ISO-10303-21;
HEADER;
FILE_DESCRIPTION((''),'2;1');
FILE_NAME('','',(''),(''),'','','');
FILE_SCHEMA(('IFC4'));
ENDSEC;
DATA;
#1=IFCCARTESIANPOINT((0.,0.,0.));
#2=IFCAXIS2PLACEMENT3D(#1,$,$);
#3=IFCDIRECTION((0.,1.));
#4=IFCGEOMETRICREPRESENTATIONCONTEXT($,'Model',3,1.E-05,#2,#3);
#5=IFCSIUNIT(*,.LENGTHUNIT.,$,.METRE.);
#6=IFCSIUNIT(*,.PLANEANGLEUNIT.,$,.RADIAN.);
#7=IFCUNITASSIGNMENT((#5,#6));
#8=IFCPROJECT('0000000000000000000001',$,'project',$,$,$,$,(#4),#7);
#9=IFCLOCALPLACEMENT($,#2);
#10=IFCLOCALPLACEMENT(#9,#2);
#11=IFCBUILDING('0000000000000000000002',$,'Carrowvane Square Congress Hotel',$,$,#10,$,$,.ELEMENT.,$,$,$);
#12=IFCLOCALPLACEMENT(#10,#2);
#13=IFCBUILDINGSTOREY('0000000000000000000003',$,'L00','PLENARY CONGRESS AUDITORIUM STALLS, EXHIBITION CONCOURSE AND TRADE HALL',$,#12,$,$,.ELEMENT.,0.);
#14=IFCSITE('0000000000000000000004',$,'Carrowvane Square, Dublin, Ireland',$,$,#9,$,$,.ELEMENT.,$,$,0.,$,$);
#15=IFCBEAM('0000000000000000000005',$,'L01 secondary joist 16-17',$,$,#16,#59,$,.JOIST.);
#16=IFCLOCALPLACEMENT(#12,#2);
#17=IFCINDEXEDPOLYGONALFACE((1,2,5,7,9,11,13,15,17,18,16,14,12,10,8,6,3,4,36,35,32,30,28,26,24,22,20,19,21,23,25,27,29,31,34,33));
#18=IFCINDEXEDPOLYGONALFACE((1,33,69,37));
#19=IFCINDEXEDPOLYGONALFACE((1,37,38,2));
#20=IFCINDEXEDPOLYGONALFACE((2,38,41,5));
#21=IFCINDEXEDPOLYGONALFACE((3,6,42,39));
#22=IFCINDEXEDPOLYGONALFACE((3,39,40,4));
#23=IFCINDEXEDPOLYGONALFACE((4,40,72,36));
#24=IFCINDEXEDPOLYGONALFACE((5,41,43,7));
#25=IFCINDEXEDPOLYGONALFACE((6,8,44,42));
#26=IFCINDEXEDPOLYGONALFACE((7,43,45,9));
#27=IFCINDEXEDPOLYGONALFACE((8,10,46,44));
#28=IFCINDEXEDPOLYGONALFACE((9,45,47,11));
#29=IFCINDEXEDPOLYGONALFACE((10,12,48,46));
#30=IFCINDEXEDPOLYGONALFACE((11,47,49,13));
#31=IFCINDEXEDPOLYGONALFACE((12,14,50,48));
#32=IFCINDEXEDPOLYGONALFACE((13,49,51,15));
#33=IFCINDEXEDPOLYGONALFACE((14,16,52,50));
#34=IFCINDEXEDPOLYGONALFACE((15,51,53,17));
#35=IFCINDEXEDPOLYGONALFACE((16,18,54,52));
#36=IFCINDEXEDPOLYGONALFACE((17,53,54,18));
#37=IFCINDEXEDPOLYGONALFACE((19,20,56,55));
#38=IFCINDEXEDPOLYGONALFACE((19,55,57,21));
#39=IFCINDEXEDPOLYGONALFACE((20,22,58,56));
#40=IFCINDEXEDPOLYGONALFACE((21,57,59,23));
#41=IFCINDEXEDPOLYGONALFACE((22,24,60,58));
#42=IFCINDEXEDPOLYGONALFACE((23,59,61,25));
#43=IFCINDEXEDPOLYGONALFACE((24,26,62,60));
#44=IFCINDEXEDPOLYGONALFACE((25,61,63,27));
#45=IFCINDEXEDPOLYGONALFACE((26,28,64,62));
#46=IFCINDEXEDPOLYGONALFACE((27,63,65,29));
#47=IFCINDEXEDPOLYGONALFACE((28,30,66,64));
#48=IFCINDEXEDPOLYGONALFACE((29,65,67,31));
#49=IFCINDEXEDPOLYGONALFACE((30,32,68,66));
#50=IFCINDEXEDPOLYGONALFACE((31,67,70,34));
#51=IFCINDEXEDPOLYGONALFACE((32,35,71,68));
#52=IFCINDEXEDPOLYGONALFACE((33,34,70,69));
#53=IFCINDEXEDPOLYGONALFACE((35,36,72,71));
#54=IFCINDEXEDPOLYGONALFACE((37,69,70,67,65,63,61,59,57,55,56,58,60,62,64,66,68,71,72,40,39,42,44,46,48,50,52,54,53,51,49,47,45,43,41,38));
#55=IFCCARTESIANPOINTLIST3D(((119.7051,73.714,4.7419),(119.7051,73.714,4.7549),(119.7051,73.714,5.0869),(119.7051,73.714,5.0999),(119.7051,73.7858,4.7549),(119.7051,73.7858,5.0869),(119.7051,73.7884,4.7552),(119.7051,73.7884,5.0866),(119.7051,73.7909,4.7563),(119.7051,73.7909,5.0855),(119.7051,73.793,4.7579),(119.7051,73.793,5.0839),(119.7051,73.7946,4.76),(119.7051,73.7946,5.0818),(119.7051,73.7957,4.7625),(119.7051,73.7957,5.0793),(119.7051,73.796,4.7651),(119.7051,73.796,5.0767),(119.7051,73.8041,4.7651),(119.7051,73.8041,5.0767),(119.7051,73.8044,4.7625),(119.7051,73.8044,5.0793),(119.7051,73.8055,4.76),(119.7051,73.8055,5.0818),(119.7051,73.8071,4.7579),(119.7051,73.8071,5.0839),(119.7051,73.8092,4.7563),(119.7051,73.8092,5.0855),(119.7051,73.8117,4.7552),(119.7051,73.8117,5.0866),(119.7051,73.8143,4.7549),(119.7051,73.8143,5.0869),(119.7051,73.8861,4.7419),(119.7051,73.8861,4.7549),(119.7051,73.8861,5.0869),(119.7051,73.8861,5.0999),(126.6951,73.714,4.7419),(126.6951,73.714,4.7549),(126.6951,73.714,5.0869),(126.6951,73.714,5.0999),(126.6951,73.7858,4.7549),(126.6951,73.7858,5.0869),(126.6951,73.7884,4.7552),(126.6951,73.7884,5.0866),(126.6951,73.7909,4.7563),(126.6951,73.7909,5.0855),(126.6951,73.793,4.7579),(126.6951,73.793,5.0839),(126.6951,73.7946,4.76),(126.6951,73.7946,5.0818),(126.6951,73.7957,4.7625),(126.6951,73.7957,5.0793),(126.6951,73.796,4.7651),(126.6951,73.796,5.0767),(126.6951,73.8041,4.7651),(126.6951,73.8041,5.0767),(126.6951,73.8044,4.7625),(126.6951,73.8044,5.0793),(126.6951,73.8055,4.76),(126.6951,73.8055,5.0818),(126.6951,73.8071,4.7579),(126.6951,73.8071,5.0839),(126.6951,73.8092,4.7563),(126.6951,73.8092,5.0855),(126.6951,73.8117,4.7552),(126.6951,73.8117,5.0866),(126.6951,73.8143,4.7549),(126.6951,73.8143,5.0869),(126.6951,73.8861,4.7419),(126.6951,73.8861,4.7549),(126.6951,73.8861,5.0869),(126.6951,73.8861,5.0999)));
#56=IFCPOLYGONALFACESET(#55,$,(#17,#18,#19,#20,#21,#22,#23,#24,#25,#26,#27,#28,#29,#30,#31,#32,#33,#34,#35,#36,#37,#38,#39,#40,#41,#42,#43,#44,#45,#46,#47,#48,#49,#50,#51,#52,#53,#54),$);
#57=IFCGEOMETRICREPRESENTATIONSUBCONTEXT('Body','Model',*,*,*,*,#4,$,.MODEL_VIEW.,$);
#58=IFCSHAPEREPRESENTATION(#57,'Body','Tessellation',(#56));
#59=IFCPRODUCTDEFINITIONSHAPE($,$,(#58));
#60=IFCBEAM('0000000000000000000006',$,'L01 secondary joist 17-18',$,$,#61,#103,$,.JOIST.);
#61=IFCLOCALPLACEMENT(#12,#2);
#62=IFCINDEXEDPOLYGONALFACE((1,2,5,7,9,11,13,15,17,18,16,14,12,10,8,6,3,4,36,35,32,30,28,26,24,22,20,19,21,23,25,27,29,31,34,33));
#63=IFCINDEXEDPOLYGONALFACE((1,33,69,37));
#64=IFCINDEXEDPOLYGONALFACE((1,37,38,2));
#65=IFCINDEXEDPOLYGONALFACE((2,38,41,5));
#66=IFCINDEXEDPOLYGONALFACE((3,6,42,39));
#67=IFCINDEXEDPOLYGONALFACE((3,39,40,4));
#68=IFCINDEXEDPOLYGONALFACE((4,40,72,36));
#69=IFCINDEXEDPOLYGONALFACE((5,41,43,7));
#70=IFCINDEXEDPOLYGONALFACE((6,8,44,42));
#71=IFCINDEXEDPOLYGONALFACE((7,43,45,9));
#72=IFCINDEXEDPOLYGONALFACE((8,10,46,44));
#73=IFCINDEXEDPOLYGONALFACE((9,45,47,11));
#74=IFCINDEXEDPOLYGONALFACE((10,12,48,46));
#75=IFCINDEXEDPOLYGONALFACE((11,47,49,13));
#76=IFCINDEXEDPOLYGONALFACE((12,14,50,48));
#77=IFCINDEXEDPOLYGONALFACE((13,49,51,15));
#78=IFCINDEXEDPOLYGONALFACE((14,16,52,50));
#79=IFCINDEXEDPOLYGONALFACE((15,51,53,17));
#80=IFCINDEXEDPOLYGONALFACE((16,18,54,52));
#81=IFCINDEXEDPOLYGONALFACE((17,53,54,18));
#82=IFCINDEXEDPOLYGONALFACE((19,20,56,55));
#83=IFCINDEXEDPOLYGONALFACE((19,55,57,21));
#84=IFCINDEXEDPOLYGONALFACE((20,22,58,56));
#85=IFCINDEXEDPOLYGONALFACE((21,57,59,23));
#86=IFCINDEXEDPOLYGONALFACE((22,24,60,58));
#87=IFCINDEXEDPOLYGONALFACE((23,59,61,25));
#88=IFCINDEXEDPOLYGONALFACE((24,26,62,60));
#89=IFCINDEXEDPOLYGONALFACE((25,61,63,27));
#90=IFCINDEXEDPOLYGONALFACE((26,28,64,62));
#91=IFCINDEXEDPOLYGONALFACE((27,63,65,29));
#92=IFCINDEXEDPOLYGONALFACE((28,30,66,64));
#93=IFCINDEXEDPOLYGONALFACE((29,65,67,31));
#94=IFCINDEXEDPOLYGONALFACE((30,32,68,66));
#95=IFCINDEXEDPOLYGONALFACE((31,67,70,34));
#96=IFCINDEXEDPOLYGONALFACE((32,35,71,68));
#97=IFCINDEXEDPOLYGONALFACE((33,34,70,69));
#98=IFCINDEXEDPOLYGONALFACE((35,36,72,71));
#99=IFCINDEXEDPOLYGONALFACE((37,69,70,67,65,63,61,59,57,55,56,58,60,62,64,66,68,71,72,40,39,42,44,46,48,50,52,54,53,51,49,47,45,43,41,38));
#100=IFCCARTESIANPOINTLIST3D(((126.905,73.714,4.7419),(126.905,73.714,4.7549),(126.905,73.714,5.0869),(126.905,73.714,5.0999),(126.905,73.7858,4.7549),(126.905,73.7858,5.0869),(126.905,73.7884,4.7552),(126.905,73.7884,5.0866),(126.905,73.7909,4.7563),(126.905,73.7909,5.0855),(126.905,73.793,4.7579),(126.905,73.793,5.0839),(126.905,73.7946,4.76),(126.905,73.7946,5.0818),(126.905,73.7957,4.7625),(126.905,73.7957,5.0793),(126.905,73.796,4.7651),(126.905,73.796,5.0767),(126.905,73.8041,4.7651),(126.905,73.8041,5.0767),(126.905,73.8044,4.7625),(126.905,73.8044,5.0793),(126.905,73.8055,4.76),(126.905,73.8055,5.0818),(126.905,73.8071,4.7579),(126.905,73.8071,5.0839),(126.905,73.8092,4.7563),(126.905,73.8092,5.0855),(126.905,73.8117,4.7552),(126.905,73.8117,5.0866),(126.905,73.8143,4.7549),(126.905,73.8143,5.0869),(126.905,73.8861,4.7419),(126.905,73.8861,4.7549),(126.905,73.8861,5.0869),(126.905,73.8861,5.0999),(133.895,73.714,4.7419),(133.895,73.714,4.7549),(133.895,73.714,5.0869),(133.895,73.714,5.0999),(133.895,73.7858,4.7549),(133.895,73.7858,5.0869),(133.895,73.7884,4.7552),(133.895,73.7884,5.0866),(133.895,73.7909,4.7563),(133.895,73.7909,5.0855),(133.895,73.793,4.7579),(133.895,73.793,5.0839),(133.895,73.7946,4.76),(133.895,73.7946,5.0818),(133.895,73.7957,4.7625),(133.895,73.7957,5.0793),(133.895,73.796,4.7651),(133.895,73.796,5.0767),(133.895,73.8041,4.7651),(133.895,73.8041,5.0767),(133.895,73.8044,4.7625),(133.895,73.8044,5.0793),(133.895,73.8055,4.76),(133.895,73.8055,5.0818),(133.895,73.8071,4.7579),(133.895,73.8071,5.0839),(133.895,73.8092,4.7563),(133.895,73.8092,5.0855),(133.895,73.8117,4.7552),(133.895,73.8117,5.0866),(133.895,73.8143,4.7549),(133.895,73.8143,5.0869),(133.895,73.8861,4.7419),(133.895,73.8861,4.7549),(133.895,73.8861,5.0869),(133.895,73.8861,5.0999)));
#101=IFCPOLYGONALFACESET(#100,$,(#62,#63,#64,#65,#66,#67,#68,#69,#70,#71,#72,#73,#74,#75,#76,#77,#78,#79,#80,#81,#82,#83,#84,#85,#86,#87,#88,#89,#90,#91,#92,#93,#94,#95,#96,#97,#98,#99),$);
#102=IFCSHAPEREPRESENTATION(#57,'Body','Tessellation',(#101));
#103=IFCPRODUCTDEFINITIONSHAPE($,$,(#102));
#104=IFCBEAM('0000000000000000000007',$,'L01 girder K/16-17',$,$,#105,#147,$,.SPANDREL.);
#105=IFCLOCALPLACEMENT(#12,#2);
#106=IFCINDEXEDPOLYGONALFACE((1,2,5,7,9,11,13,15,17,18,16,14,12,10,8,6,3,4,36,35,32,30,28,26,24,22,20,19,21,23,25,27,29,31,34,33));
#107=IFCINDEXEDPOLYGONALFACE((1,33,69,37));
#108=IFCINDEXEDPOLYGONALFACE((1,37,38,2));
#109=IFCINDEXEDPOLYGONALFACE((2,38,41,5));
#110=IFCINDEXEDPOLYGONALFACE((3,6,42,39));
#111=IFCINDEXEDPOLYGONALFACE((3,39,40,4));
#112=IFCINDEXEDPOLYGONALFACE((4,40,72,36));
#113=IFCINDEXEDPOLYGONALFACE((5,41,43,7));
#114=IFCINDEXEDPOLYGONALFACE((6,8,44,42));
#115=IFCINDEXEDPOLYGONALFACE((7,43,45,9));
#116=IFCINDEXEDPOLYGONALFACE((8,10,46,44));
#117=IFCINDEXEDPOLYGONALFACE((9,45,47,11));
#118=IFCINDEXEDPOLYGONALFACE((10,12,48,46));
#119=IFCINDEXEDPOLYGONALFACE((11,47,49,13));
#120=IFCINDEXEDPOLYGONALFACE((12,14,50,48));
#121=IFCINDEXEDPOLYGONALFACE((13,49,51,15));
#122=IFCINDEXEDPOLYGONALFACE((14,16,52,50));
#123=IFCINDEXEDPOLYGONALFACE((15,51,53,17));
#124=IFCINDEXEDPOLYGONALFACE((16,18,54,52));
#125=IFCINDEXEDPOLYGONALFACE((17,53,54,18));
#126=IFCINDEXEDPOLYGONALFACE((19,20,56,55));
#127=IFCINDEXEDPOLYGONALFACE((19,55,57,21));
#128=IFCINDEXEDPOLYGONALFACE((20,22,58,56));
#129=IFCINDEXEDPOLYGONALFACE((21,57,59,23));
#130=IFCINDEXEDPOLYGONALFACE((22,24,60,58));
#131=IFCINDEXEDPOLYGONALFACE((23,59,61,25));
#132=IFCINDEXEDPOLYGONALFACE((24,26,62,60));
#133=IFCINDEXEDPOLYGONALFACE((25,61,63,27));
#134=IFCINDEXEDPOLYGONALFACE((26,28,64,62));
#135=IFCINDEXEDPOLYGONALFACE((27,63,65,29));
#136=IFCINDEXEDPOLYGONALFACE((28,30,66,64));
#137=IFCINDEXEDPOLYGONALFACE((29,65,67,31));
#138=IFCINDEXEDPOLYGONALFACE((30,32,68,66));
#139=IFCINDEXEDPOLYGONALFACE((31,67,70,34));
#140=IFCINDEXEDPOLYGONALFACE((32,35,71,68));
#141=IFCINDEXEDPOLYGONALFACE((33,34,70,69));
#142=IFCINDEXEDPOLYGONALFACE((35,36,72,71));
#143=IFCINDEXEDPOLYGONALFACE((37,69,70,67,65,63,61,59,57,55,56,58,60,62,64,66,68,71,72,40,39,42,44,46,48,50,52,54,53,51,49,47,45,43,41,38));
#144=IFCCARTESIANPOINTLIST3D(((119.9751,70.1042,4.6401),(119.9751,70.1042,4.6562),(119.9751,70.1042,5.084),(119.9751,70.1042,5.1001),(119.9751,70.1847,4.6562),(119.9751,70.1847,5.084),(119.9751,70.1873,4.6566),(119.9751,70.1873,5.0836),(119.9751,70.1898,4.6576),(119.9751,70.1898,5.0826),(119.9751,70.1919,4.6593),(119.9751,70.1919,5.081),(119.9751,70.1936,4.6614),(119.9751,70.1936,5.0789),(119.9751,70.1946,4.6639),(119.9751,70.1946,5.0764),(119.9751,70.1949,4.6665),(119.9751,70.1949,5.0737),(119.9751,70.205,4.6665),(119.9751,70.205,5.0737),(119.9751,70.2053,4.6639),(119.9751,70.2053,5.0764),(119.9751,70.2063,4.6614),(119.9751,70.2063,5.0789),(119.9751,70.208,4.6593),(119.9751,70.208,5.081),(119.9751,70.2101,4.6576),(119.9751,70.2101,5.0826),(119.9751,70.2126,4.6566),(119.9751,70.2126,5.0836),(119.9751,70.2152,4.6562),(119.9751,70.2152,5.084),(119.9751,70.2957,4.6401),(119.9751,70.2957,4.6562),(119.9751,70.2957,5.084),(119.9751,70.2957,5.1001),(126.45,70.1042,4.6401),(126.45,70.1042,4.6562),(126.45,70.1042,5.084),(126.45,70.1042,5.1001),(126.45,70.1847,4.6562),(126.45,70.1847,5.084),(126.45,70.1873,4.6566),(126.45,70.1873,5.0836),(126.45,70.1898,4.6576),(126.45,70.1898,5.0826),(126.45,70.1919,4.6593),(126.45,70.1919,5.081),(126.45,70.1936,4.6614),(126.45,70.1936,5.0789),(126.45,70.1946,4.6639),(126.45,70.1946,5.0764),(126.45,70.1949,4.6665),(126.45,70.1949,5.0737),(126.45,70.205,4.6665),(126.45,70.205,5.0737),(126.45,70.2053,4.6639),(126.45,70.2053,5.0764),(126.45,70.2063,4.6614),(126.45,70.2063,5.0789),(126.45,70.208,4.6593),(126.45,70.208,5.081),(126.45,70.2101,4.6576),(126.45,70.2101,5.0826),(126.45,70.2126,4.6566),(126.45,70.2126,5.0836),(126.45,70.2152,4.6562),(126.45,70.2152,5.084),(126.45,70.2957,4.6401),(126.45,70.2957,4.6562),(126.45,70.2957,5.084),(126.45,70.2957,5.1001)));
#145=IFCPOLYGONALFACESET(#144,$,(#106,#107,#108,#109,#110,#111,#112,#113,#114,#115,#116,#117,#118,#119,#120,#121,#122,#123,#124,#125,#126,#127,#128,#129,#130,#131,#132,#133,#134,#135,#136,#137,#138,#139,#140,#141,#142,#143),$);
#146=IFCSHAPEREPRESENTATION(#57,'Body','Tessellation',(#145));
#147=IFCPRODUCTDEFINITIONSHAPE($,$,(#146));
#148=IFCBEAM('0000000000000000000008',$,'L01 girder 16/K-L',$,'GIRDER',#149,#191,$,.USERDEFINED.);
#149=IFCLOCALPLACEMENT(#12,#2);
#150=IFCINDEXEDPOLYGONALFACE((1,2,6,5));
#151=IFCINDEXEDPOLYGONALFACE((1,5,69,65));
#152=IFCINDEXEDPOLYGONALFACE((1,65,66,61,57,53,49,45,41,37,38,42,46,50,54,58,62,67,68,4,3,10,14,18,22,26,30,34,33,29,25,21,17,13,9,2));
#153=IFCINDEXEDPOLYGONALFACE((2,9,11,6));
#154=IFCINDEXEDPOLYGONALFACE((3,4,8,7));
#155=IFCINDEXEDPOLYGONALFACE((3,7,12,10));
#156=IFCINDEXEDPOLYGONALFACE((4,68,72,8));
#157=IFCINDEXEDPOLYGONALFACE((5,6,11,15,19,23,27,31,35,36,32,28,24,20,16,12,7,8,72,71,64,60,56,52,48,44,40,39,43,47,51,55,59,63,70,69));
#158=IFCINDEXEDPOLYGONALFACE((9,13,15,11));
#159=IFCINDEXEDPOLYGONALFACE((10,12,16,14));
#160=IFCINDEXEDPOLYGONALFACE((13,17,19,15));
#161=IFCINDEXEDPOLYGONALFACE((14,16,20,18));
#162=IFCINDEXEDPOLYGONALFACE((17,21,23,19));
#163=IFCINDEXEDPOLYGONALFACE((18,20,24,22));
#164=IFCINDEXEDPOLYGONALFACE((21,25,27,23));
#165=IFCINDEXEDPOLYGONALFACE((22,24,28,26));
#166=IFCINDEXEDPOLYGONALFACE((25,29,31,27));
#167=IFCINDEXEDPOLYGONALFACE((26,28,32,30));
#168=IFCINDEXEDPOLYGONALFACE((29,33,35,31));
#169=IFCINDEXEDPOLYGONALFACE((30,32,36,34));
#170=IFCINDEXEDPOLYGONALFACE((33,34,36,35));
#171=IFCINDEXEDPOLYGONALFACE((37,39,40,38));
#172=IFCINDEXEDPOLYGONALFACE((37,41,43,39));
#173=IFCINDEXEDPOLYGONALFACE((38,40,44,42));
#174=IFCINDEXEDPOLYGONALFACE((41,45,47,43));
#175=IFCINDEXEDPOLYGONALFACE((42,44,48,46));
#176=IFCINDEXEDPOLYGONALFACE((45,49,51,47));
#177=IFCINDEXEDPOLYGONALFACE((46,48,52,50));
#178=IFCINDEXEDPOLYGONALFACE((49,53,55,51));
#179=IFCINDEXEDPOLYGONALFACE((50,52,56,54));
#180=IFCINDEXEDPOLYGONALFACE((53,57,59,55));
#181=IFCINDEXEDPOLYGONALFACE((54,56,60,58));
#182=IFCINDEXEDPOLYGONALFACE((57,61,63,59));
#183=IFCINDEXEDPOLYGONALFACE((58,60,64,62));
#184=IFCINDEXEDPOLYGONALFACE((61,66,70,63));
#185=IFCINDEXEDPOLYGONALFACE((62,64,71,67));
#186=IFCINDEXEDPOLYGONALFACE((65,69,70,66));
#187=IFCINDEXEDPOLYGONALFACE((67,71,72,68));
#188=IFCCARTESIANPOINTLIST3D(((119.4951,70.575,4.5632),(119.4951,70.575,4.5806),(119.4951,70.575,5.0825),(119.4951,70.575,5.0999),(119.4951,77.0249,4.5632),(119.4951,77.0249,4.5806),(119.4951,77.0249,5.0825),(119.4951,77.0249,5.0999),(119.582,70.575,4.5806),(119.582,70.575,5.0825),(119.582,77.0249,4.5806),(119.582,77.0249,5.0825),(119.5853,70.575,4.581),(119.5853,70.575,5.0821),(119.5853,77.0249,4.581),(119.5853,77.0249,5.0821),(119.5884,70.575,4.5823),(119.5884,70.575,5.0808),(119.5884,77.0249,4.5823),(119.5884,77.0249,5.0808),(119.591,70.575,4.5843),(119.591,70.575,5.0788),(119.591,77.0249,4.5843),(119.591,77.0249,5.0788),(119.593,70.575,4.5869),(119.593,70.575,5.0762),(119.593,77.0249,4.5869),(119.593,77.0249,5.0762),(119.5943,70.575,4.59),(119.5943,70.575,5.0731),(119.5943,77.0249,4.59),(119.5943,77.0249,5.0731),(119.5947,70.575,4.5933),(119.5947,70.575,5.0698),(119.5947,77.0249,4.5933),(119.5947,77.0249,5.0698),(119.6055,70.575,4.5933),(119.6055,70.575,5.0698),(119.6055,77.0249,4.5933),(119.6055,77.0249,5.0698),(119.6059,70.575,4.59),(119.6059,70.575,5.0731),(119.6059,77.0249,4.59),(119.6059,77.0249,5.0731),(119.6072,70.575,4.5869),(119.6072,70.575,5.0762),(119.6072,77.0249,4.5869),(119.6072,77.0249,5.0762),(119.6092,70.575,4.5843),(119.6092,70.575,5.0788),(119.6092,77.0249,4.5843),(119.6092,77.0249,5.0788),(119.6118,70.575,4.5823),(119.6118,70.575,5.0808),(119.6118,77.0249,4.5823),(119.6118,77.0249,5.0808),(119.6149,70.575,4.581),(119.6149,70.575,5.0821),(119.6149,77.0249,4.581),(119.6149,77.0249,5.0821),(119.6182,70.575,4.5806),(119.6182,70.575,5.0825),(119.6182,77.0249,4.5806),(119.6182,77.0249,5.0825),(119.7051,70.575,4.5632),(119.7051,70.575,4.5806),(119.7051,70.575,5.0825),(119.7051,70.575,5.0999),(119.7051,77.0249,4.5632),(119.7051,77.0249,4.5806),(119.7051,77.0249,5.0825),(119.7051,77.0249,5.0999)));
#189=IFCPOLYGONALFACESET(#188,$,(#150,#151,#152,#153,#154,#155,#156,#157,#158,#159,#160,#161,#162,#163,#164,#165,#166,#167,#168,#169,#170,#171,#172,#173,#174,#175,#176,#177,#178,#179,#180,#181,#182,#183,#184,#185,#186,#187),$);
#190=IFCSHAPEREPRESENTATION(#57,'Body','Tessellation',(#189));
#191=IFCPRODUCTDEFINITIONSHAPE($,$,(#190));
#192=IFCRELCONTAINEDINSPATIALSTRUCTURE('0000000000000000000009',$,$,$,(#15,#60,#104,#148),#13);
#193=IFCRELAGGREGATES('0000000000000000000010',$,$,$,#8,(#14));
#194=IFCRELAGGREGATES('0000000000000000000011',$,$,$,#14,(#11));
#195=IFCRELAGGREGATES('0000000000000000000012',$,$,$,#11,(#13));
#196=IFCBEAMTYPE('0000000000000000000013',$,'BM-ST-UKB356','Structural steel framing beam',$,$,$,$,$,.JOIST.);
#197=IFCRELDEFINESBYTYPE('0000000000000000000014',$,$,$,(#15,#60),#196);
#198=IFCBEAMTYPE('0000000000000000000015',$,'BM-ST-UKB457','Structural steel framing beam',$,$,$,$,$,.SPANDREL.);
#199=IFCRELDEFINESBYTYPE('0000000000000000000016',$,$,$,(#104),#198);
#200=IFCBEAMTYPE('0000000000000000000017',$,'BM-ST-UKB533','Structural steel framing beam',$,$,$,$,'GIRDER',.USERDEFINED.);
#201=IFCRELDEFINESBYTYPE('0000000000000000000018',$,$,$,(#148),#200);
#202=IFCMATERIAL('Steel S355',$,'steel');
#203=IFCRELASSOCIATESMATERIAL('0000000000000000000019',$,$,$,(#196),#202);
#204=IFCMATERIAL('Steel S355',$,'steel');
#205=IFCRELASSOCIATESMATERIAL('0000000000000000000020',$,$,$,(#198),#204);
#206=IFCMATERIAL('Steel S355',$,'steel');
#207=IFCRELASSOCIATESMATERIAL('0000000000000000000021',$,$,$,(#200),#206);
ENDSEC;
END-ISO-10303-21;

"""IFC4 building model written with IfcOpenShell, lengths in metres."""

from ifc_helpers import new_model, si_unit, direction, frame, origin, origin_2d, place, context, subcontext, project, spatial, i_section, extrude, material, material_profile, profile_set, type_object, element, save


model = new_model("IFC4")

# Units and contexts
model_context = context("Model", 3, precision=1e-05, world=origin(), true_north=direction((0.0, 1.0)))
body_context = subcontext(model_context, "Body", "Model", "MODEL_VIEW")
ifc_project = project(units=[si_unit("LENGTHUNIT", "METRE"), si_unit("PLANEANGLEUNIT", "RADIAN")], contexts=[model_context])

# Site, building, storey
site_placement = place(None, origin())
site = spatial("IfcSite", under=ifc_project, at=site_placement, Name="Carrowvane Square, Dublin, Ireland", CompositionType="ELEMENT", RefElevation=0.0)
building_placement = place(site_placement, origin())
building = spatial("IfcBuilding", under=site, at=building_placement, Name="Carrowvane Square Congress Hotel", CompositionType="ELEMENT")
storey_placement = place(building_placement, origin())
storey = spatial("IfcBuildingStorey", under=building, at=storey_placement, Name="L00", Description="PLENARY CONGRESS AUDITORIUM STALLS, EXHIBITION CONCOURSE AND TRADE HALL", CompositionType="ELEMENT", Elevation=0.0)

# Beams
ifc_material_1 = material(Name="Steel S355", Category="steel")
ifc_material_profile_1 = material_profile(ifc_material_1, i_section(OverallWidth=0.1721, OverallDepth=0.3579, WebThickness=0.0081, FlangeThickness=0.0129, FilletRadius=0.0103, at=origin_2d()), Name="UKB 356x171x57")
ifc_profile_set_1 = profile_set([ifc_material_profile_1], Name="Steel S355")
beam_type_1 = type_object("IfcBeamType", Name="BM-ST-UKB356", Description="Structural steel framing beam", PredefinedType="JOIST", material=ifc_profile_set_1)
for number, where, z_axis, x_axis, name in (
    (1, (119.7051, 73.8, 4.9209), (1.0, 0.0, 0.0), (0.0, 1.0, 0.0), "L01 secondary joist 16-17"),
    (2, (126.905, 73.8, 4.9209), (1.0, 0.0, 0.0), (0.0, 1.0, 0.0), "L01 secondary joist 17-18"),
):
    element("IfcBeam", number, at=place(storey_placement, frame(where, z_axis=z_axis, x_axis=x_axis)), inside=storey, type_object=beam_type_1, Name=name, PredefinedType="JOIST", context=body_context, shape_type="SweptSolid", body=[
        extrude(i_section(OverallWidth=0.1721, OverallDepth=0.3579, WebThickness=0.0081, FlangeThickness=0.0129, FilletRadius=0.0103, at=origin_2d()), origin(), (0.0, 0.0, 1.0), 6.99),
    ])
ifc_material_2 = material(Name="Steel S355", Category="steel")
ifc_material_profile_2 = material_profile(ifc_material_2, i_section(OverallWidth=0.1914, OverallDepth=0.46, WebThickness=0.01, FlangeThickness=0.0161, FilletRadius=0.0103, at=origin_2d()), Name="UKB 457x191x82")
ifc_profile_set_2 = profile_set([ifc_material_profile_2], Name="Steel S355")
beam_type_2 = type_object("IfcBeamType", Name="BM-ST-UKB457", Description="Structural steel framing beam", PredefinedType="SPANDREL", material=ifc_profile_set_2)
beam_1_placement = place(storey_placement, frame((119.9751, 70.2, 4.8701), z_axis=(1.0, 0.0, 0.0), x_axis=(0.0, 1.0, 0.0)))
element("IfcBeam", 3, at=beam_1_placement, inside=storey, type_object=beam_type_2, Name="L01 girder K/16-17", PredefinedType="SPANDREL", context=body_context, shape_type="SweptSolid", body=[
    extrude(i_section(OverallWidth=0.1914, OverallDepth=0.46, WebThickness=0.01, FlangeThickness=0.0161, FilletRadius=0.0103, at=origin_2d()), origin(), (0.0, 0.0, 1.0), 6.4749),
])
ifc_material_3 = material(Name="Steel S355", Category="steel")
ifc_material_profile_3 = material_profile(ifc_material_3, i_section(OverallWidth=0.21, OverallDepth=0.5366, WebThickness=0.0107, FlangeThickness=0.0173, FilletRadius=0.0127, at=origin_2d()), Name="UKB 533x210x101")
ifc_profile_set_3 = profile_set([ifc_material_profile_3], Name="Steel S355")
beam_type_3 = type_object("IfcBeamType", Name="BM-ST-UKB533", Description="Structural steel framing beam", ElementType="GIRDER", PredefinedType="USERDEFINED", material=ifc_profile_set_3)
beam_2_placement = place(storey_placement, frame((119.6001, 70.575, 4.8315), z_axis=(0.0, 1.0, 0.0), x_axis=(-1.0, 0.0, 0.0)))
element("IfcBeam", 4, at=beam_2_placement, inside=storey, type_object=beam_type_3, Name="L01 girder 16/K-L", ObjectType="GIRDER", PredefinedType="USERDEFINED", context=body_context, shape_type="SweptSolid", body=[
    extrude(i_section(OverallWidth=0.21, OverallDepth=0.5366, WebThickness=0.0107, FlangeThickness=0.0173, FilletRadius=0.0127, at=origin_2d()), origin(), (0.0, 0.0, 1.0), 6.45),
])

save(model, "model.ifc")
